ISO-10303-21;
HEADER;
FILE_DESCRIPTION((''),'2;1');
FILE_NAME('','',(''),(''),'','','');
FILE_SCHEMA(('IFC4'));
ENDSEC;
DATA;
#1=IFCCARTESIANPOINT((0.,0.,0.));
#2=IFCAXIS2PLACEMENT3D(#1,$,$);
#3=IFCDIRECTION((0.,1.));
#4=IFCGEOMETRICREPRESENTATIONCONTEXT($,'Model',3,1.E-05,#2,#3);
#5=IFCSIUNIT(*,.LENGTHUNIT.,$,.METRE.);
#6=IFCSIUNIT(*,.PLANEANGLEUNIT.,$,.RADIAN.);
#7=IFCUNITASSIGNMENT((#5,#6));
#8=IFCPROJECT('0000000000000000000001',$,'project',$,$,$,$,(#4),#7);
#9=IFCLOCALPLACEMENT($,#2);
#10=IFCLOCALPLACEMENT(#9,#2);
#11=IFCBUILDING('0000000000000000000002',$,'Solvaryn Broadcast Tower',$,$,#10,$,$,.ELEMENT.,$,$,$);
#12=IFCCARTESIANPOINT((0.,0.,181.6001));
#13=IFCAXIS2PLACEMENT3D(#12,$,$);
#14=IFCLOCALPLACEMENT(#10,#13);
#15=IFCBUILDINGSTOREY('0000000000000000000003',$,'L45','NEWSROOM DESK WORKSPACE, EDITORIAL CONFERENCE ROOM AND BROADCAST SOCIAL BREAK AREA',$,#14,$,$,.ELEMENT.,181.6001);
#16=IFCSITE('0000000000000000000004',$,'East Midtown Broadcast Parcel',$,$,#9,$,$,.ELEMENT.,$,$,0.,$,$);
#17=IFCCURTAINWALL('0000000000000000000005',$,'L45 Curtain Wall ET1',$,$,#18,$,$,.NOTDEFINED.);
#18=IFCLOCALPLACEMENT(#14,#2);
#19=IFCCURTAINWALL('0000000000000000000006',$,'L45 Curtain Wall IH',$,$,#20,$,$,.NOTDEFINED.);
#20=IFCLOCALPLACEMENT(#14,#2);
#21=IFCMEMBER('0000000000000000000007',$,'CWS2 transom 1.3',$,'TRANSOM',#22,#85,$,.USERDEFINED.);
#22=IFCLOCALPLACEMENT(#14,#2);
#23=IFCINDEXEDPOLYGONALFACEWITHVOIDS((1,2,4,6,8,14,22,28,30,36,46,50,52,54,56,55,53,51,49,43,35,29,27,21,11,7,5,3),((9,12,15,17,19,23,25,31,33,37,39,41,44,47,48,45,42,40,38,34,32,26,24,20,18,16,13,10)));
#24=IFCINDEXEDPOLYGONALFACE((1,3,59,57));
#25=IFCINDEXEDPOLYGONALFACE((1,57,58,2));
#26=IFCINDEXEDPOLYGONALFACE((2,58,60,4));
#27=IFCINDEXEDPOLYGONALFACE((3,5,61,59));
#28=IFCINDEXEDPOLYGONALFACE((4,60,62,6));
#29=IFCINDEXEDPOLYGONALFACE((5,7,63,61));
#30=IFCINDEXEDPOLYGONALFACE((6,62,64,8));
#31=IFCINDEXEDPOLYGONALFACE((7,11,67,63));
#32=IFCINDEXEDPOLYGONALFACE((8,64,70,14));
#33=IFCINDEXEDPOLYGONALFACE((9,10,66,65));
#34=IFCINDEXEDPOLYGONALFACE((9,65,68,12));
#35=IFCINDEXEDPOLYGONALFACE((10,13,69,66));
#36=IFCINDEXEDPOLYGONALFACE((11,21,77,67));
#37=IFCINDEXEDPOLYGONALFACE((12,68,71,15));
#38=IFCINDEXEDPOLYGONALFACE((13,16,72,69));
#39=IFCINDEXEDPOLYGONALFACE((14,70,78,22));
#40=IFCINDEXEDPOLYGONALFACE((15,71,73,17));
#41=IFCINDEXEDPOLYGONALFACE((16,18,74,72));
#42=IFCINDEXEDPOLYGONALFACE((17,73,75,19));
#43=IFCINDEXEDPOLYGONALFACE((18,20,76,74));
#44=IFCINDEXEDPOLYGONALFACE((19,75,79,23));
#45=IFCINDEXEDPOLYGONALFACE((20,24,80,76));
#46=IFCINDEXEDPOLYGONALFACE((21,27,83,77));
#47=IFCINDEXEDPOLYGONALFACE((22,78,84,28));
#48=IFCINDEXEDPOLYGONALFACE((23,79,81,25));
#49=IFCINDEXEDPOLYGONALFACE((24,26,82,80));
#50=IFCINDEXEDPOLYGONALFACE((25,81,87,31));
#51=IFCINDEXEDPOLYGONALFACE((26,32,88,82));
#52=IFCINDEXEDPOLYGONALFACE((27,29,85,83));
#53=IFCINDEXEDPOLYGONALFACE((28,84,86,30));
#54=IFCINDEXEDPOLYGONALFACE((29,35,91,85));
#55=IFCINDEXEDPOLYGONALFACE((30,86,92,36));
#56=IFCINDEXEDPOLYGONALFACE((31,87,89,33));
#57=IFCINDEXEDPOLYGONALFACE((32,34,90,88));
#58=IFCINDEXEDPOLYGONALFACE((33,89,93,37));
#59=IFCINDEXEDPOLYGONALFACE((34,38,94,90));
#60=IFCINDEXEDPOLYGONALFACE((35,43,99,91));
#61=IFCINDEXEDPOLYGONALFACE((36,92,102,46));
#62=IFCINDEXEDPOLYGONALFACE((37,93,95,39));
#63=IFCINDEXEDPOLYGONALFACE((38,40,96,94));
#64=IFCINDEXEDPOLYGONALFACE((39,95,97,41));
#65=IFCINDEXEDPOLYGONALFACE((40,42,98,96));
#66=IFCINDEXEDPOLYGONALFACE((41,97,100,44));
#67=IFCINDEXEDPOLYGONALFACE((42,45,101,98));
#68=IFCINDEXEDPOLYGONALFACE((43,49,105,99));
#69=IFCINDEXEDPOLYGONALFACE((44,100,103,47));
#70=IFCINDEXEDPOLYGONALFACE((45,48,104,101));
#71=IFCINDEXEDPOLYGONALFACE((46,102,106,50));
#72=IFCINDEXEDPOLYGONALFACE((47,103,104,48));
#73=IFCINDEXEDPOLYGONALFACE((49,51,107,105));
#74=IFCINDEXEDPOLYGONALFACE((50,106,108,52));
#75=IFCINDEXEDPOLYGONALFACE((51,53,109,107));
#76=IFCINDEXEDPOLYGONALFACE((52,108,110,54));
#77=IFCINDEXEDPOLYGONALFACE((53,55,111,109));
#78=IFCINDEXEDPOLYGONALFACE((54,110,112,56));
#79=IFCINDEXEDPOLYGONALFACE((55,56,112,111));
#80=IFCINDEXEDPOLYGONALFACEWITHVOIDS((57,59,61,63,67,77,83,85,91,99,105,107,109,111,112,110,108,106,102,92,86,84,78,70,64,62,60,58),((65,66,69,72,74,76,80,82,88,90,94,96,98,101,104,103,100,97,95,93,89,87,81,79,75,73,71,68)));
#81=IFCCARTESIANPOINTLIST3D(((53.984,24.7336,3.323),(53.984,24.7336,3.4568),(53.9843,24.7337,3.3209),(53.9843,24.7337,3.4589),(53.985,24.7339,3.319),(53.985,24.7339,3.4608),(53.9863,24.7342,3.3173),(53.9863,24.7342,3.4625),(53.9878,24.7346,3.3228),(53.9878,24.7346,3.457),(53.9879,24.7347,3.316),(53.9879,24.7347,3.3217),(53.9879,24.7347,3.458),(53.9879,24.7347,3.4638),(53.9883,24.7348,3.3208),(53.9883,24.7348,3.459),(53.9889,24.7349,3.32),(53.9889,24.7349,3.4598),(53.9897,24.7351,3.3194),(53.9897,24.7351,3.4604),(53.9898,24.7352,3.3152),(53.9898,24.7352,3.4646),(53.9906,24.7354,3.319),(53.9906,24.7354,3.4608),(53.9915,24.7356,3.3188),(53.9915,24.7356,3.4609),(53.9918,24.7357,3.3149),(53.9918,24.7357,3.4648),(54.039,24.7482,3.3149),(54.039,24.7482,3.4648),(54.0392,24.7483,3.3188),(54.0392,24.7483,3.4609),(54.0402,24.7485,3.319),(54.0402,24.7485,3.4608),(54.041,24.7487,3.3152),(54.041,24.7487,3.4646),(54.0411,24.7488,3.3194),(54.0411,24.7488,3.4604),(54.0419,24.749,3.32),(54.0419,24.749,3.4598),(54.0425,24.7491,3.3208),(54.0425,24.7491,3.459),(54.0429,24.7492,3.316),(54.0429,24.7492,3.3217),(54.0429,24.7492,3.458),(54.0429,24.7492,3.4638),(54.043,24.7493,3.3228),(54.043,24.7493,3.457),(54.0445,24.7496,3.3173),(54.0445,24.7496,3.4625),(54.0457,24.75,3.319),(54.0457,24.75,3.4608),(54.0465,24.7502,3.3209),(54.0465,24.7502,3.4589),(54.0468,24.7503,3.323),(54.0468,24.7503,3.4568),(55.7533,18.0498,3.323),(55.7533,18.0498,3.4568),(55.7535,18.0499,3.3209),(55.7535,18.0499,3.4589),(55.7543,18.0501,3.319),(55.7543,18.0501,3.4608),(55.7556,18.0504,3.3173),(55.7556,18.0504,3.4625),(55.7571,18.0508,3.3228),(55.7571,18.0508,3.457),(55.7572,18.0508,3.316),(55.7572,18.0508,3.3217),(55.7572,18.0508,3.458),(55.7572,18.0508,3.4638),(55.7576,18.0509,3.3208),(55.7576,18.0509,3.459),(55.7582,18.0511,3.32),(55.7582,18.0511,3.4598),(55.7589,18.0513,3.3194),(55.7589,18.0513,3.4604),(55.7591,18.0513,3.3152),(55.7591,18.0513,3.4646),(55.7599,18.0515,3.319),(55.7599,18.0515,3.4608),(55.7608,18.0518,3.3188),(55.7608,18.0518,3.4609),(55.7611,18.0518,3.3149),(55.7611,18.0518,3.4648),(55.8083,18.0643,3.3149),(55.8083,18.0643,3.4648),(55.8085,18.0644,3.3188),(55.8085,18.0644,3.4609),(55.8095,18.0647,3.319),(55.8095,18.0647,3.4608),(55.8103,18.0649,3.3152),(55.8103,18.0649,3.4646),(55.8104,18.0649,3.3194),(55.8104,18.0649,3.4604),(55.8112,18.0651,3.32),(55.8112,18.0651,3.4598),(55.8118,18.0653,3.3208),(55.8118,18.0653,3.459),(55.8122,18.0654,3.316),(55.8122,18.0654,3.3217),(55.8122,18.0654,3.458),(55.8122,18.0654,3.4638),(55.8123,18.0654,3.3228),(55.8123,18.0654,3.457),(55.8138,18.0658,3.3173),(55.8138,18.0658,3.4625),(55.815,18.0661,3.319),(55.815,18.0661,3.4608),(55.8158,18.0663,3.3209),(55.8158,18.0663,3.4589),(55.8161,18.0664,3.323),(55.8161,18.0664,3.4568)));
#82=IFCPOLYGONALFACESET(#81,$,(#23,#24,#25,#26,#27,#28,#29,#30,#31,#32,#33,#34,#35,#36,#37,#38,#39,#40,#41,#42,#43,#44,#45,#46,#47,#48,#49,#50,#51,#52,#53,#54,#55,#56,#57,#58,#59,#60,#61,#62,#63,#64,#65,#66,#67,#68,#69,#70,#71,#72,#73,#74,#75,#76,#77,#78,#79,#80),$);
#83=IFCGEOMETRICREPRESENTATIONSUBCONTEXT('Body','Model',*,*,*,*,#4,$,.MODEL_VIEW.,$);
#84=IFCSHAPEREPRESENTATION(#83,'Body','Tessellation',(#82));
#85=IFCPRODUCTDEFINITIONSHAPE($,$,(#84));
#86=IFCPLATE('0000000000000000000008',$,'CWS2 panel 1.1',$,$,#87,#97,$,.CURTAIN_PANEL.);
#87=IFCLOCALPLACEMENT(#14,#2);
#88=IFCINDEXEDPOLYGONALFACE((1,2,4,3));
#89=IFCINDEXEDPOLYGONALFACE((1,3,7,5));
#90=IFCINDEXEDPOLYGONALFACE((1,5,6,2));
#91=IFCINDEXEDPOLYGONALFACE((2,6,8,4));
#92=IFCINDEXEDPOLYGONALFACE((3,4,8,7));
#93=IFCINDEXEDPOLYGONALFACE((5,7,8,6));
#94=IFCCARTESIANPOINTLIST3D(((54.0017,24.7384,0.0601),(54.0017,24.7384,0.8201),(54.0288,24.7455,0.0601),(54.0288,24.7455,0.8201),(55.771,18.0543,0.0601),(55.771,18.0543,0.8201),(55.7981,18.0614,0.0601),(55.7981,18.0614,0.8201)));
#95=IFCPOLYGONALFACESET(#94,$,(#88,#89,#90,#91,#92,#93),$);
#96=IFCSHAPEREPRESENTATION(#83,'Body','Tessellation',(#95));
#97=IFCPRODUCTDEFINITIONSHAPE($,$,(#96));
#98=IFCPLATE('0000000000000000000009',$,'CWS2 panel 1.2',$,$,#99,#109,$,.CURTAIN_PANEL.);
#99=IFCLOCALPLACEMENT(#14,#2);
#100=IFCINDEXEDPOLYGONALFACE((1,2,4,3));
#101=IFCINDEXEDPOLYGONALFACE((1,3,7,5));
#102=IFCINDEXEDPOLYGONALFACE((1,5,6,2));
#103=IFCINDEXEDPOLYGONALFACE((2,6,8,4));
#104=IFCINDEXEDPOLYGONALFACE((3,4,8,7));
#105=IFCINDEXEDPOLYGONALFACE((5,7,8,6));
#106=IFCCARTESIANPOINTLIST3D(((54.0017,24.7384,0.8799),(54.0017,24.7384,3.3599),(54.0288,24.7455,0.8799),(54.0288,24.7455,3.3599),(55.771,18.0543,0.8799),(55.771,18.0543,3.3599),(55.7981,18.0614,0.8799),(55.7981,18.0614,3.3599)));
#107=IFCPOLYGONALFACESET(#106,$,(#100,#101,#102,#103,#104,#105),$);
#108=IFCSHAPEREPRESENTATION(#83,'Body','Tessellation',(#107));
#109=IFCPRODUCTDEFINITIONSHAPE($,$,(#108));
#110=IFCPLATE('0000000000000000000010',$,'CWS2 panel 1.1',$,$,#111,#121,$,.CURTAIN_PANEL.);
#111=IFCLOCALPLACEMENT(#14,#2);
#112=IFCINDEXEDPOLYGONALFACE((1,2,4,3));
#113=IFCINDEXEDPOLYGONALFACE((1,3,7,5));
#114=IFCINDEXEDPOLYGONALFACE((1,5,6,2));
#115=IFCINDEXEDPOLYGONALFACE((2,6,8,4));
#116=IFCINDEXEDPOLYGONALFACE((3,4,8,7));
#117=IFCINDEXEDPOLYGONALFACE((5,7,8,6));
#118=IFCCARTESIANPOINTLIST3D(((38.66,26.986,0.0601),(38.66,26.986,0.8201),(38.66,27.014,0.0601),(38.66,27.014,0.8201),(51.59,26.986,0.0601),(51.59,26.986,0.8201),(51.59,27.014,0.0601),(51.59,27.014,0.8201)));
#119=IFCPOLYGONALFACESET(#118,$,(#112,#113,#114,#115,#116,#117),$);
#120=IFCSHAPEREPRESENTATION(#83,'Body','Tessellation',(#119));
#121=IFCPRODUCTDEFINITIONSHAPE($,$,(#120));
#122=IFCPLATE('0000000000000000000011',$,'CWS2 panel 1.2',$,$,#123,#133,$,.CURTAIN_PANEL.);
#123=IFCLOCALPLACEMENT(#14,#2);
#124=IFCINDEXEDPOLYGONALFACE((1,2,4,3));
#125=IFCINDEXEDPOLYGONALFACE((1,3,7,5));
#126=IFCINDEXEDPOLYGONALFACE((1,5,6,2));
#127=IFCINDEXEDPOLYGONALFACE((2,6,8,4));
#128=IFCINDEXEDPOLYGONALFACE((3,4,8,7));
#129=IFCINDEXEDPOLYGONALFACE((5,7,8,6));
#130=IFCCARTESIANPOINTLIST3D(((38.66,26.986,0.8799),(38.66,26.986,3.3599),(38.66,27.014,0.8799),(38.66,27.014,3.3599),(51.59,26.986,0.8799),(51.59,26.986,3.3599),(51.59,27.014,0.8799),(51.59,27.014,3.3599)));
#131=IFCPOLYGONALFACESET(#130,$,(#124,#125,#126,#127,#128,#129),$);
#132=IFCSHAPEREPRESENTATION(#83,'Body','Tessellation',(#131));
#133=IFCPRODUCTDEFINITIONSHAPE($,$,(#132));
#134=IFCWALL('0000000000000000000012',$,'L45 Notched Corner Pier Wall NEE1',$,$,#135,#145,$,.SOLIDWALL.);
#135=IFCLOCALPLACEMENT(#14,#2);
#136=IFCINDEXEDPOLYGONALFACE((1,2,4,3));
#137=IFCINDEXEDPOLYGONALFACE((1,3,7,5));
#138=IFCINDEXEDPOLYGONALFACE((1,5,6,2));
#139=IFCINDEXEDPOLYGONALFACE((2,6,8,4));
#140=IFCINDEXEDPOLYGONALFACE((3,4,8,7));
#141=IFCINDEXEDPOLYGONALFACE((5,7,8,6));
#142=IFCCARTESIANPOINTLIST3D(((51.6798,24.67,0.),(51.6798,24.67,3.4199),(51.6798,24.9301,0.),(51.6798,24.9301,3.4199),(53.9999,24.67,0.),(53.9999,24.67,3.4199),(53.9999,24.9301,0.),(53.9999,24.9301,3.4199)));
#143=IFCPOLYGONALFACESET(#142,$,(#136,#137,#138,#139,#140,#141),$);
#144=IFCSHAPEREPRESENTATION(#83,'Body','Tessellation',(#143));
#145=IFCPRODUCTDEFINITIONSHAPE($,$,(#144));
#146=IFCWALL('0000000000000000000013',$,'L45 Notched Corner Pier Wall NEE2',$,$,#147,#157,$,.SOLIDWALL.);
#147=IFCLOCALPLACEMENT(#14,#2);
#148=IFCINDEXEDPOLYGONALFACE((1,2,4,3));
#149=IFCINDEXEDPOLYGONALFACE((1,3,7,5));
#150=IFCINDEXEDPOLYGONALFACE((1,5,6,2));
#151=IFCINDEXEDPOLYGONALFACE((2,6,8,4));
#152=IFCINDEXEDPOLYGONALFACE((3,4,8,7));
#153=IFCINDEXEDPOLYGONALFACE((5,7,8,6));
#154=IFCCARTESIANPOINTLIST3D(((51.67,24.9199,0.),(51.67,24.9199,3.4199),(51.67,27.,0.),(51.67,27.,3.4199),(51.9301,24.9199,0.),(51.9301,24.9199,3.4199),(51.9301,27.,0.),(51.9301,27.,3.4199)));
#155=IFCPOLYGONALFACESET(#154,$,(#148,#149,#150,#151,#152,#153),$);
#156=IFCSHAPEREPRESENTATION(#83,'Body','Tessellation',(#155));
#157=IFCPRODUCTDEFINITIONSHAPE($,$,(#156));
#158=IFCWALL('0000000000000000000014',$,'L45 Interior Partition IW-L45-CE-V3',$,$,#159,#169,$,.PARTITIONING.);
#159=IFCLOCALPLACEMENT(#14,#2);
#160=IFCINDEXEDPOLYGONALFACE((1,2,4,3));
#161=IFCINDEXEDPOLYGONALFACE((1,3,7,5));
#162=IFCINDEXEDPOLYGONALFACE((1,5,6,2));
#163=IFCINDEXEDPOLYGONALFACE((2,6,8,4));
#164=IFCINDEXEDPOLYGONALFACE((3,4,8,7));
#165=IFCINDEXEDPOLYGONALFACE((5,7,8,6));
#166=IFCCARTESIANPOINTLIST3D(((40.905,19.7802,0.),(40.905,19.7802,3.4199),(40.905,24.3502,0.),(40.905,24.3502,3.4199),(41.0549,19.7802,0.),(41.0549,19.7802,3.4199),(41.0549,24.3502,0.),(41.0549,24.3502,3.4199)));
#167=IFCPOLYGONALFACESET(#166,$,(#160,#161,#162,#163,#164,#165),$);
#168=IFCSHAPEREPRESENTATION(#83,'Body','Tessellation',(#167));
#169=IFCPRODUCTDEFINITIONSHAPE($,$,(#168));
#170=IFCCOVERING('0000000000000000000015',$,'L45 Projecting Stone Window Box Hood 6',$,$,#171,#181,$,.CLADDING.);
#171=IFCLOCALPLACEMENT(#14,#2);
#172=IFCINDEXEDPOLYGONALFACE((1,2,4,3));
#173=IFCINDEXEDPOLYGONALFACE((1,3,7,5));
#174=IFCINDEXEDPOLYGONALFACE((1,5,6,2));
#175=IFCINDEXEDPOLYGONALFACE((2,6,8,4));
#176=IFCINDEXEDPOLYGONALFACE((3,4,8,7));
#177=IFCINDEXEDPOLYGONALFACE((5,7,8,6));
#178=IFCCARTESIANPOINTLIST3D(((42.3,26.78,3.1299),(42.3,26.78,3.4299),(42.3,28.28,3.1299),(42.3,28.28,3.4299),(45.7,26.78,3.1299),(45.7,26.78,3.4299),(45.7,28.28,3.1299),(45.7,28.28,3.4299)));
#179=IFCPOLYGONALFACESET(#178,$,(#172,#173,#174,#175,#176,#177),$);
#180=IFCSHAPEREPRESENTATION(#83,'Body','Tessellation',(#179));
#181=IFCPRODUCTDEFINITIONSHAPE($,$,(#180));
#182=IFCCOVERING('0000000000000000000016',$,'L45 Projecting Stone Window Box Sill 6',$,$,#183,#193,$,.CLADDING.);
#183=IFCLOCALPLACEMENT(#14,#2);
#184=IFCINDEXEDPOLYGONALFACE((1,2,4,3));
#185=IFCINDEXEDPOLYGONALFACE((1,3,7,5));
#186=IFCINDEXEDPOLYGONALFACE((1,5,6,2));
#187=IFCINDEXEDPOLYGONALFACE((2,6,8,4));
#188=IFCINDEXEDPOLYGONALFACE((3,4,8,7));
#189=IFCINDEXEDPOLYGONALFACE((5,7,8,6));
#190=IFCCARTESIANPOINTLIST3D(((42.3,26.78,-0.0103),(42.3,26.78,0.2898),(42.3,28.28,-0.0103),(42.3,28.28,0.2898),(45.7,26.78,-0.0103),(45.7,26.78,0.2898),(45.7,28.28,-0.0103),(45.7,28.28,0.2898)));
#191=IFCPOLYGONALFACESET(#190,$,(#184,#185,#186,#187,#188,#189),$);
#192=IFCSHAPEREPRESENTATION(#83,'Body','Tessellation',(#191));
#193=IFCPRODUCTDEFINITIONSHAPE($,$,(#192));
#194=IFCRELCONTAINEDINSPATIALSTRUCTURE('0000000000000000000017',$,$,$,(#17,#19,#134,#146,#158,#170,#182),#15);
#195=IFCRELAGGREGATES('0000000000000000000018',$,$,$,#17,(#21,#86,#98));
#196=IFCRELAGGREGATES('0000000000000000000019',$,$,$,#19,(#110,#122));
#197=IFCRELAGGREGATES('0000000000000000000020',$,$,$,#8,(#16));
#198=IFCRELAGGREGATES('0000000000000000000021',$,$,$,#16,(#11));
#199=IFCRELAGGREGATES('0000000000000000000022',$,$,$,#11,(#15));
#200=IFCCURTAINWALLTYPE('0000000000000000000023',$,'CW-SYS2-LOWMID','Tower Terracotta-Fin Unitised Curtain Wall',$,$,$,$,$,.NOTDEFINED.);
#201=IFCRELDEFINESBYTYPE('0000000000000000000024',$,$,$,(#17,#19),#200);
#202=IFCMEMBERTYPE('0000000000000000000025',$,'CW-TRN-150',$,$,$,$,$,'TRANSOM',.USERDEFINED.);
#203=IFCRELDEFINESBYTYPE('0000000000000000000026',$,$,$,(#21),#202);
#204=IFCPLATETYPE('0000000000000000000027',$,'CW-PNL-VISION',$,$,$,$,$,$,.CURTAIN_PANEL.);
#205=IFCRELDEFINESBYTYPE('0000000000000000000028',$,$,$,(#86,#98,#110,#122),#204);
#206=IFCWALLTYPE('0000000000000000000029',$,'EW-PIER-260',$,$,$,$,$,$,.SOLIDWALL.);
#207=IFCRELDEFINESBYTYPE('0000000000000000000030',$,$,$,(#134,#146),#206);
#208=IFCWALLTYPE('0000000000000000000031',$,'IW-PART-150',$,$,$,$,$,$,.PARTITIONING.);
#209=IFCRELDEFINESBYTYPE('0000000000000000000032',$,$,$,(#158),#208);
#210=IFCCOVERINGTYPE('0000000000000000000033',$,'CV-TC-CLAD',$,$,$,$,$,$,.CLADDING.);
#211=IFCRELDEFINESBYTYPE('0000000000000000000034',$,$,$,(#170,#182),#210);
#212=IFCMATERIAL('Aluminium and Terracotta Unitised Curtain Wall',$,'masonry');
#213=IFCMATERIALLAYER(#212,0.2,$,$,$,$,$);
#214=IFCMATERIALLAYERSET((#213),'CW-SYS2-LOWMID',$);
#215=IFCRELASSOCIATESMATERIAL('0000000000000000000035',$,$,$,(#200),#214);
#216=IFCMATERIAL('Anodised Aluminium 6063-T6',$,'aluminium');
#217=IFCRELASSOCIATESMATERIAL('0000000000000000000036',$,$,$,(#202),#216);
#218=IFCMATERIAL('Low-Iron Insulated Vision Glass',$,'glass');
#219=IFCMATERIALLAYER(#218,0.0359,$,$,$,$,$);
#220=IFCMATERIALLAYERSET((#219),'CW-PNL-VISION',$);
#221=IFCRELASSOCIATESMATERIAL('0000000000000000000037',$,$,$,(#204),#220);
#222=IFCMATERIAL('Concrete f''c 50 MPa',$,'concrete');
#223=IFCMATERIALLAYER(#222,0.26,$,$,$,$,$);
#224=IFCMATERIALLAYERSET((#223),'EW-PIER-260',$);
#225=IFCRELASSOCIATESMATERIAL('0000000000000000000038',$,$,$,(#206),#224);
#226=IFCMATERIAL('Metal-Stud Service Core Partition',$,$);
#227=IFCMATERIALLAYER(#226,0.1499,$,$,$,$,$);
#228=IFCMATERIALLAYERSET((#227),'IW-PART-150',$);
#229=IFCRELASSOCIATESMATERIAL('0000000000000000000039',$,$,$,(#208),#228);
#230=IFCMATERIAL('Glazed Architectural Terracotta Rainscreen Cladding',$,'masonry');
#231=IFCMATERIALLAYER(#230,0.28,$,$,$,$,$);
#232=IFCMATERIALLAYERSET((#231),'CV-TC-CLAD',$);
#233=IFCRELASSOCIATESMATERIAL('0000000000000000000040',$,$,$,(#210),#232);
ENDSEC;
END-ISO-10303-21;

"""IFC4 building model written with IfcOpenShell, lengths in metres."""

from ifc_helpers import new_model, si_unit, direction, frame, frame_2d, origin, origin_2d, place, context, subcontext, project, spatial, rectangle, hollow_rectangle, extrude, material, layer, layer_set, material_profile, profile_set, type_object, element, aggregate, save


model = new_model("IFC4")

# Units and contexts
model_context = context("Model", 3, precision=1e-05, world=origin(), true_north=direction((0.0, 1.0)))
body_context = subcontext(model_context, "Body", "Model", "MODEL_VIEW")
ifc_project = project(units=[si_unit("LENGTHUNIT", "METRE"), si_unit("PLANEANGLEUNIT", "RADIAN")], contexts=[model_context])

# Site, building, storey
site_placement = place(None, origin())
site = spatial("IfcSite", under=ifc_project, at=site_placement, Name="East Midtown Broadcast Parcel", CompositionType="ELEMENT", RefElevation=0.0)
building_placement = place(site_placement, origin())
building = spatial("IfcBuilding", under=site, at=building_placement, Name="Solvaryn Broadcast Tower", CompositionType="ELEMENT")
storey_placement = place(building_placement, frame((0.0, 0.0, 181.6001)))
storey = spatial("IfcBuildingStorey", under=building, at=storey_placement, Name="L45", Description="NEWSROOM DESK WORKSPACE, EDITORIAL CONFERENCE ROOM AND BROADCAST SOCIAL BREAK AREA", CompositionType="ELEMENT", Elevation=181.6001)

# Curtain walls
ifc_material_1 = material(Name="Aluminium and Terracotta Unitised Curtain Wall", Category="masonry")
ifc_layer_1 = layer(ifc_material_1, 0.2)
ifc_layer_set_1 = layer_set([ifc_layer_1], Name="CW-SYS2-LOWMID")
curtain_wall_type = type_object("IfcCurtainWallType", Name="CW-SYS2-LOWMID", Description="Tower Terracotta-Fin Unitised Curtain Wall", PredefinedType="NOTDEFINED", material=ifc_layer_set_1)
curtain_wall_1_placement = place(storey_placement, origin())
curtain_wall_1 = element("IfcCurtainWall", 1, at=curtain_wall_1_placement, inside=storey, type_object=curtain_wall_type, Name="L45 Curtain Wall ET1", PredefinedType="NOTDEFINED")
curtain_wall_2_placement = place(storey_placement, origin())
curtain_wall_2 = element("IfcCurtainWall", 2, at=curtain_wall_2_placement, inside=storey, type_object=curtain_wall_type, Name="L45 Curtain Wall IH", PredefinedType="NOTDEFINED")

# Member
ifc_material_2 = material(Name="Anodised Aluminium 6063-T6", Category="aluminium")
ifc_material_profile_1 = material_profile(ifc_material_2, hollow_rectangle(XDim=0.0649, YDim=0.1499, WallThickness=0.0039, InnerFilletRadius=0.0039, OuterFilletRadius=0.0081, at=origin_2d()))
ifc_profile_set_1 = profile_set([ifc_material_profile_1], Name="Anodised Aluminium 6063-T6")
member_type_1 = type_object("IfcMemberType", Name="CW-TRN-150", ElementType="TRANSOM", PredefinedType="USERDEFINED", material=ifc_profile_set_1)
member_1_placement = place(storey_placement, frame((54.0154, 24.7419, 3.3899), z_axis=(0.255897, -0.966704, 0.0), x_axis=(0.966704, 0.255897, 0.0)))
member_1 = element("IfcMember", 3, at=member_1_placement, type_object=member_type_1, Name="CWS2 transom 1.3", ObjectType="TRANSOM", PredefinedType="USERDEFINED", context=body_context, shape_type="SweptSolid", body=[
    extrude(hollow_rectangle(XDim=0.0649, YDim=0.1499, WallThickness=0.0039, InnerFilletRadius=0.0039, OuterFilletRadius=0.0081, at=origin_2d()), origin(), (0.0, 0.0, 1.0), 6.9141),
])

# Plates
ifc_material_3 = material(Name="Low-Iron Insulated Vision Glass", Category="glass")
ifc_layer_2 = layer(ifc_material_3, 0.0359)
ifc_layer_set_2 = layer_set([ifc_layer_2], Name="CW-PNL-VISION")
plate_type = type_object("IfcPlateType", Name="CW-PNL-VISION", PredefinedType="CURTAIN_PANEL", material=ifc_layer_set_2)
plate_1_placement = place(storey_placement, frame((54.8999, 21.3999, 0.0601), z_axis=(0.0, 0.0, 1.0), x_axis=(0.255893, -0.966705, 0.0)))
plate_1 = element("IfcPlate", 4, at=plate_1_placement, type_object=plate_type, Name="CWS2 panel 1.1", PredefinedType="CURTAIN_PANEL", context=body_context, shape_type="SweptSolid", body=[
    extrude(rectangle(XDim=6.9143, YDim=0.0281, at=origin_2d()), origin(), (0.0, 0.0, 1.0), 0.76),
])
plate_2_placement = place(storey_placement, frame((54.8999, 21.3999, 0.8799), z_axis=(0.0, 0.0, 1.0), x_axis=(0.255893, -0.966705, 0.0)))
plate_2 = element("IfcPlate", 5, at=plate_2_placement, type_object=plate_type, Name="CWS2 panel 1.2", PredefinedType="CURTAIN_PANEL", context=body_context, shape_type="SweptSolid", body=[
    extrude(rectangle(XDim=6.9143, YDim=0.0281, at=origin_2d()), origin(), (0.0, 0.0, 1.0), 2.48),
])
aggregate(curtain_wall_1, [member_1, plate_1, plate_2])
plate_3_placement = place(storey_placement, frame((45.125, 27.0, 0.0601), z_axis=(0.0, 0.0, 1.0), x_axis=(1.0, 0.0, 0.0)))
plate_3 = element("IfcPlate", 6, at=plate_3_placement, type_object=plate_type, Name="CWS2 panel 1.1", PredefinedType="CURTAIN_PANEL", context=body_context, shape_type="SweptSolid", body=[
    extrude(rectangle(XDim=12.9299, YDim=0.0281, at=origin_2d()), origin(), (0.0, 0.0, 1.0), 0.76),
])
plate_4_placement = place(storey_placement, frame((45.125, 27.0, 0.8799), z_axis=(0.0, 0.0, 1.0), x_axis=(1.0, 0.0, 0.0)))
plate_4 = element("IfcPlate", 7, at=plate_4_placement, type_object=plate_type, Name="CWS2 panel 1.2", PredefinedType="CURTAIN_PANEL", context=body_context, shape_type="SweptSolid", body=[
    extrude(rectangle(XDim=12.9299, YDim=0.0281, at=origin_2d()), origin(), (0.0, 0.0, 1.0), 2.48),
])
aggregate(curtain_wall_2, [plate_3, plate_4])

# Walls
ifc_material_4 = material(Name="Concrete f'c 50 MPa", Category="concrete")
ifc_layer_3 = layer(ifc_material_4, 0.26)
ifc_layer_set_3 = layer_set([ifc_layer_3], Name="EW-PIER-260")
wall_type_1 = type_object("IfcWallType", Name="EW-PIER-260", PredefinedType="SOLIDWALL", material=ifc_layer_set_3)
wall_1_placement = place(storey_placement, frame((54.0, 24.8, 0.0), z_axis=(0.0, 0.0, 1.0), x_axis=(-1.0, 0.0, 0.0)))
element("IfcWall", 8, at=wall_1_placement, inside=storey, type_object=wall_type_1, Name="L45 Notched Corner Pier Wall NEE1", PredefinedType="SOLIDWALL", context=body_context, shape_type="SweptSolid", body=[
    extrude(rectangle(XDim=2.3201, YDim=0.26, at=frame_2d((1.1602, 0.0))), origin(), (0.0, 0.0, 1.0), 3.4199),
])
wall_2_placement = place(storey_placement, frame((51.8, 24.9199, 0.0), z_axis=(0.0, 0.0, 1.0), x_axis=(0.0, 1.0, 0.0)))
element("IfcWall", 9, at=wall_2_placement, inside=storey, type_object=wall_type_1, Name="L45 Notched Corner Pier Wall NEE2", PredefinedType="SOLIDWALL", context=body_context, shape_type="SweptSolid", body=[
    extrude(rectangle(XDim=2.0801, YDim=0.26, at=frame_2d((1.04, 0.0))), origin(), (0.0, 0.0, 1.0), 3.4199),
])
ifc_material_5 = material(Name="Metal-Stud Service Core Partition")
ifc_layer_4 = layer(ifc_material_5, 0.1499)
ifc_layer_set_4 = layer_set([ifc_layer_4], Name="IW-PART-150")
wall_type_2 = type_object("IfcWallType", Name="IW-PART-150", PredefinedType="PARTITIONING", material=ifc_layer_set_4)
wall_3_placement = place(storey_placement, frame((40.98, 19.78, 0.0), z_axis=(0.0, 0.0, 1.0), x_axis=(0.0, 1.0, 0.0)))
element("IfcWall", 10, at=wall_3_placement, inside=storey, type_object=wall_type_2, Name="L45 Interior Partition IW-L45-CE-V3", PredefinedType="PARTITIONING", context=body_context, shape_type="SweptSolid", body=[
    extrude(rectangle(XDim=4.5701, YDim=0.1499, at=frame_2d((2.2852, 0.0))), origin(), (0.0, 0.0, 1.0), 3.4199),
])

# Coverings
ifc_material_6 = material(Name="Glazed Architectural Terracotta Rainscreen Cladding", Category="masonry")
ifc_layer_5 = layer(ifc_material_6, 0.28)
ifc_layer_set_5 = layer_set([ifc_layer_5], Name="CV-TC-CLAD")
covering_type_1 = type_object("IfcCoveringType", Name="CV-TC-CLAD", PredefinedType="CLADDING", material=ifc_layer_set_5)
for number, where, z_axis, x_axis, name in (
    (11, (44.0, 27.53, 3.1299), (0.0, 0.0, 1.0), (1.0, 0.0, 0.0), "L45 Projecting Stone Window Box Hood 6"),
    (12, (44.0, 27.53, -0.0103), (0.0, 0.0, 1.0), (1.0, 0.0, 0.0), "L45 Projecting Stone Window Box Sill 6"),
):
    element("IfcCovering", number, at=place(storey_placement, frame(where, z_axis=z_axis, x_axis=x_axis)), inside=storey, type_object=covering_type_1, Name=name, PredefinedType="CLADDING", context=body_context, shape_type="SweptSolid", body=[
        extrude(rectangle(XDim=3.3999, YDim=1.5, at=origin_2d()), origin(), (0.0, 0.0, 1.0), 0.3),
    ])

save(model, "model.ifc")
